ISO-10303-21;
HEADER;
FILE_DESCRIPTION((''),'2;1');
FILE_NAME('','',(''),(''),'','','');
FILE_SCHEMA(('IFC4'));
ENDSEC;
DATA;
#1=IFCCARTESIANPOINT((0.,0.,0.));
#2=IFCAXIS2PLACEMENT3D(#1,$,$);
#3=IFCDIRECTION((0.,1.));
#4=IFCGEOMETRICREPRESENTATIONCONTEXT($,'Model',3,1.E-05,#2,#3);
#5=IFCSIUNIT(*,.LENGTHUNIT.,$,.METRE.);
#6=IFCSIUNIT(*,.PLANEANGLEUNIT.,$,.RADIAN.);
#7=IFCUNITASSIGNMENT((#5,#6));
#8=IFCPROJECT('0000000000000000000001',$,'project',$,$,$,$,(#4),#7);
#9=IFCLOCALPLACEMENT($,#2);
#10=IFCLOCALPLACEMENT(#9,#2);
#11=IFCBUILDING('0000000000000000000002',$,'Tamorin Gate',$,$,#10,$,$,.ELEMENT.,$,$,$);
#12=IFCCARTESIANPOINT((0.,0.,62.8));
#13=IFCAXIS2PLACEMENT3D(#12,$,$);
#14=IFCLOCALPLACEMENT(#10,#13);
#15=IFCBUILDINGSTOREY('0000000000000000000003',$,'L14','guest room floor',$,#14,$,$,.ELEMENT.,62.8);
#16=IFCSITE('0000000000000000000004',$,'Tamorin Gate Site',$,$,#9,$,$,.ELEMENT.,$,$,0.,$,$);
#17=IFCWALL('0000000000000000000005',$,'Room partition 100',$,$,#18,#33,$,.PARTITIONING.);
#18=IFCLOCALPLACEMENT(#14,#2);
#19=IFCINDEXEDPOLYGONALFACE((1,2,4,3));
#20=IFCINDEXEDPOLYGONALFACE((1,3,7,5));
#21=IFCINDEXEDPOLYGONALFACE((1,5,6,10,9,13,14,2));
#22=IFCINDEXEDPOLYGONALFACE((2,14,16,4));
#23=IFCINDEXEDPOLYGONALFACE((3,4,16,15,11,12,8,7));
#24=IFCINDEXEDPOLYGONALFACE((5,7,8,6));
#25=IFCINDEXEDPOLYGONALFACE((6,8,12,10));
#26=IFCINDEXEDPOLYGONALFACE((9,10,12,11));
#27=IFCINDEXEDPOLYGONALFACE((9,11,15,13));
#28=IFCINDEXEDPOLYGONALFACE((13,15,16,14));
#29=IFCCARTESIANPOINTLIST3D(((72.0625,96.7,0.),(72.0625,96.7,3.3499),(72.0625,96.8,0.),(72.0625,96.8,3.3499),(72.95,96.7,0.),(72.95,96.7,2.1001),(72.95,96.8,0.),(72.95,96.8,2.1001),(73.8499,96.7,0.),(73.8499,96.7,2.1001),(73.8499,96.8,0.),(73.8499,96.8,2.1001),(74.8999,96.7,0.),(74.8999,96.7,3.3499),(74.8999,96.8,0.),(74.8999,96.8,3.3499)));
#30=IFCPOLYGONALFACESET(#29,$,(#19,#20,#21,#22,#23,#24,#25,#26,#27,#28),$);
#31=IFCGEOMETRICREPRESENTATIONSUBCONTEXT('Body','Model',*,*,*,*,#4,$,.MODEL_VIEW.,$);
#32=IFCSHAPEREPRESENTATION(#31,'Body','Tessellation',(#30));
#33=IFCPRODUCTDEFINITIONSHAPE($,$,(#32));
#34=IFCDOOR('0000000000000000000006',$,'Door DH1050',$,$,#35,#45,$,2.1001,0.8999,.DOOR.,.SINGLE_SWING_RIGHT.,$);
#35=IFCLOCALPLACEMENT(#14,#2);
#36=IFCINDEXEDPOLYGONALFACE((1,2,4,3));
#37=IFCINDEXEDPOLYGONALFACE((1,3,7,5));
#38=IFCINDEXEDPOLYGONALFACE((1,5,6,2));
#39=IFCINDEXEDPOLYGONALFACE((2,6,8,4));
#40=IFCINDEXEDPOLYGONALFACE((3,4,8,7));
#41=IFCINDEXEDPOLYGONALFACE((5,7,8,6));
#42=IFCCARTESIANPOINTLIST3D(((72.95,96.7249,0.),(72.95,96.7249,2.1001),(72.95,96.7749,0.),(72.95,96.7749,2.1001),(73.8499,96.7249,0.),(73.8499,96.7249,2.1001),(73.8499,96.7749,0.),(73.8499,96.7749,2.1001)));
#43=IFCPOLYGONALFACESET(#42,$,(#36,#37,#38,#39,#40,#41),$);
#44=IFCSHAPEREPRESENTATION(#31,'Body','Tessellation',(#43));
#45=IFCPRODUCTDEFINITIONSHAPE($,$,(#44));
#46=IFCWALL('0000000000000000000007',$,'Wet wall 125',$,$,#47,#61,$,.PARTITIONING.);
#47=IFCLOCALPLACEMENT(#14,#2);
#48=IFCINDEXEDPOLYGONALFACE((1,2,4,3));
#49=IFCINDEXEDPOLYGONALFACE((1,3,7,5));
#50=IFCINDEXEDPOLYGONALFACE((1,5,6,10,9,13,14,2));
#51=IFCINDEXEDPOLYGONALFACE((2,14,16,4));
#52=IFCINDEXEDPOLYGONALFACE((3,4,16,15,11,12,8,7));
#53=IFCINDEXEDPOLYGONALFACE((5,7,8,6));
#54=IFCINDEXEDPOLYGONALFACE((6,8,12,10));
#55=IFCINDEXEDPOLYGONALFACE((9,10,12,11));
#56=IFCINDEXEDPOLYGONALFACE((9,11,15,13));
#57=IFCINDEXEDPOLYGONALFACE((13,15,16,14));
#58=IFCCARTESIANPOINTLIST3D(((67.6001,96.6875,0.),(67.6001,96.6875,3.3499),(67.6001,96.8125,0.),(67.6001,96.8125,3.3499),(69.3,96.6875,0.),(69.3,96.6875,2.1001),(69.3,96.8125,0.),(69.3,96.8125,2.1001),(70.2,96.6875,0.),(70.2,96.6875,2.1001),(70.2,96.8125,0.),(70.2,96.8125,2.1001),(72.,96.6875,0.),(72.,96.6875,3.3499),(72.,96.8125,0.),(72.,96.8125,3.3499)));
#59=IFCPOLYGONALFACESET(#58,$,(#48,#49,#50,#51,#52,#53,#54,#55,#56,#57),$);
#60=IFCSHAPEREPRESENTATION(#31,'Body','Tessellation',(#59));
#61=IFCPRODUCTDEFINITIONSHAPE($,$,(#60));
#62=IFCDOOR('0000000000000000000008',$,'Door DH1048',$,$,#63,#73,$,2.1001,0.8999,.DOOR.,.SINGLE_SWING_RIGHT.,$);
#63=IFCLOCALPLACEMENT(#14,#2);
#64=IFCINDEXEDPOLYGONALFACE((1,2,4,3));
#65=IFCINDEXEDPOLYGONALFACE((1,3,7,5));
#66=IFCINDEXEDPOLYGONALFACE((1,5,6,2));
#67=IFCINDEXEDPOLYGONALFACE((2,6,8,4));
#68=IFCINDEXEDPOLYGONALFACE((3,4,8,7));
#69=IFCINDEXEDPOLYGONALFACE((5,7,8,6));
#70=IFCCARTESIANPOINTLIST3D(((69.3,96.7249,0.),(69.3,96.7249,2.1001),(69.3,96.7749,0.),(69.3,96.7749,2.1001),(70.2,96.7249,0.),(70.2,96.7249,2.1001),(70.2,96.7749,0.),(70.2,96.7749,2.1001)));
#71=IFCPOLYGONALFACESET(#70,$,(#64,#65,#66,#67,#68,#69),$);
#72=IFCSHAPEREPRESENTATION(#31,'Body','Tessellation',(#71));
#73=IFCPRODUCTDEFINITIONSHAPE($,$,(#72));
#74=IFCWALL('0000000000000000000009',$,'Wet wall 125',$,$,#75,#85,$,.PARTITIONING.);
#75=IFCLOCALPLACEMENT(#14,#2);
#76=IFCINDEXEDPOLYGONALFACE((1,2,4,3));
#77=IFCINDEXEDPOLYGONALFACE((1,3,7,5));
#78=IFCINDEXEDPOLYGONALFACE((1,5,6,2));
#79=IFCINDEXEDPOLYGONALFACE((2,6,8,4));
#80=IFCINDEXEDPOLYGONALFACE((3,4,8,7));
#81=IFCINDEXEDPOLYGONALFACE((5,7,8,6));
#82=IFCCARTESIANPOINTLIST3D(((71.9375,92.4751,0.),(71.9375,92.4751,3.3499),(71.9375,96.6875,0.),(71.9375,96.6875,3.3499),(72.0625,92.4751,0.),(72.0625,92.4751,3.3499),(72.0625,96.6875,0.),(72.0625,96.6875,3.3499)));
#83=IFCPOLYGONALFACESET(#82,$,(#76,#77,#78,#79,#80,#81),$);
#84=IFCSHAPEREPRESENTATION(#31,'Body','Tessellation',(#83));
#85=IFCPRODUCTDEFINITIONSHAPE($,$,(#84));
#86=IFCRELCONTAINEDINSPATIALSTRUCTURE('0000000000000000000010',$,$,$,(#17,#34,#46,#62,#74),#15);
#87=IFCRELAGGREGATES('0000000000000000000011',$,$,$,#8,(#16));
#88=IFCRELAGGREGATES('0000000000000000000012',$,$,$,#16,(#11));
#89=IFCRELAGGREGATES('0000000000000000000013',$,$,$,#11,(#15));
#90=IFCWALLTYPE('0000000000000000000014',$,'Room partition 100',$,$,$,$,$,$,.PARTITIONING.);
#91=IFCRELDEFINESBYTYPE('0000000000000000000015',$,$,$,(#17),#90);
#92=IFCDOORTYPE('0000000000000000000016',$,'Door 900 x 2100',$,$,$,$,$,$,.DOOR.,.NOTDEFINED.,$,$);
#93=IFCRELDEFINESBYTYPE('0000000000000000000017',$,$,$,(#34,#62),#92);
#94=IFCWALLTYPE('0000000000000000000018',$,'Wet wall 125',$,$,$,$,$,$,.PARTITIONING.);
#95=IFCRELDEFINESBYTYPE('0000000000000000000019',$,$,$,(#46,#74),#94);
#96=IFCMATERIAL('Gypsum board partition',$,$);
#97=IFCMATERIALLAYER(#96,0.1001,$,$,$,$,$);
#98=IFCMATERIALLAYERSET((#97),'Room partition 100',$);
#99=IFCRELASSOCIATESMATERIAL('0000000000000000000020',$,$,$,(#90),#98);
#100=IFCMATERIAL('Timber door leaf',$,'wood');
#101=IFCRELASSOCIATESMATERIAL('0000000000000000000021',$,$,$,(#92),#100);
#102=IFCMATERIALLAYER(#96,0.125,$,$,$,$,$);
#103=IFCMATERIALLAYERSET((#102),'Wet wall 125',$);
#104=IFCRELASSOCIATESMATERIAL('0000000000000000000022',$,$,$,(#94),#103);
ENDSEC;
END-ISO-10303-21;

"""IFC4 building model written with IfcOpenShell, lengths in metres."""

from ifc_helpers import new_model, si_unit, direction, frame, frame_2d, origin, place, context, subcontext, project, spatial, rectangle, extrude, material, layer, layer_set, type_object, element, fill, save


model = new_model("IFC4")

# Units and contexts
model_context = context("Model", 3, precision=1e-05, world=origin(), true_north=direction((0.0, 1.0)))
body_context = subcontext(model_context, "Body", "Model", "MODEL_VIEW")
ifc_project = project(units=[si_unit("LENGTHUNIT", "METRE"), si_unit("PLANEANGLEUNIT", "RADIAN")], contexts=[model_context])

# Site, building, storey
site_placement = place(None, origin())
site = spatial("IfcSite", under=ifc_project, at=site_placement, Name="Tamorin Gate Site", CompositionType="ELEMENT", RefElevation=0.0)
building_placement = place(site_placement, origin())
building = spatial("IfcBuilding", under=site, at=building_placement, Name="Tamorin Gate", CompositionType="ELEMENT")
storey_placement = place(building_placement, frame((0.0, 0.0, 62.8)))
storey = spatial("IfcBuildingStorey", under=building, at=storey_placement, Name="L14", Description="guest room floor", CompositionType="ELEMENT", Elevation=62.8)

# Shared definitions
ifc_material_1 = material(Name="Gypsum board partition")

# Walls, openings, doors
ifc_layer_1 = layer(ifc_material_1, 0.1001)
ifc_layer_set_1 = layer_set([ifc_layer_1], Name="Room partition 100")
wall_type_1 = type_object("IfcWallType", Name="Room partition 100", PredefinedType="PARTITIONING", material=ifc_layer_set_1)
wall_1_placement = place(storey_placement, frame((72.0625, 96.75, 0.0), z_axis=(0.0, 0.0, 1.0), x_axis=(1.0, 0.0, 0.0)))
wall_1 = element("IfcWall", 1, at=wall_1_placement, inside=storey, type_object=wall_type_1, Name="Room partition 100", PredefinedType="PARTITIONING", context=body_context, shape_type="SweptSolid", body=[
    extrude(rectangle(XDim=2.8374, YDim=0.1001, at=frame_2d((1.4187, 0.0))), origin(), (0.0, 0.0, 1.0), 3.3499),
])
opening_1_placement = place(wall_1_placement, frame((0.8875, 0.0, 0.0)))
opening_1 = element("IfcOpeningElement", 2, at=opening_1_placement, cuts=wall_1, PredefinedType="OPENING", context=body_context, shape_type="SweptSolid", body=[
    extrude(rectangle(XDim=0.8999, YDim=2.1001, at=frame_2d((0.45, 1.05))), frame((0.0, 0.0601, 0.0), z_axis=(0.0, -1.0, 0.0), x_axis=(1.0, 0.0, 0.0)), (0.0, 0.0, 1.0), 0.1201),
])
ifc_material_2 = material(Name="Timber door leaf", Category="wood")
door_type = type_object("IfcDoorType", Name="Door 900 x 2100", OperationType="NOTDEFINED", PredefinedType="DOOR", material=ifc_material_2)
door_1_placement = place(opening_1_placement, origin())
door_1 = element("IfcDoor", 3, at=door_1_placement, inside=storey, type_object=door_type, Name="Door DH1050", OperationType="SINGLE_SWING_RIGHT", OverallHeight=2.1001, OverallWidth=0.8999, PredefinedType="DOOR", context=body_context, shape_type="SweptSolid", body=[
    extrude(rectangle(XDim=0.8999, YDim=2.1001, at=frame_2d((0.45, 1.05))), frame((0.0, 0.0249, 0.0), z_axis=(0.0, -1.0, 0.0), x_axis=(1.0, 0.0, 0.0)), (0.0, 0.0, 1.0), 0.05),
])
fill(opening_1, door_1)
ifc_layer_2 = layer(ifc_material_1, 0.125)
ifc_layer_set_2 = layer_set([ifc_layer_2], Name="Wet wall 125")
wall_type_2 = type_object("IfcWallType", Name="Wet wall 125", PredefinedType="PARTITIONING", material=ifc_layer_set_2)
wall_2_placement = place(storey_placement, frame((67.6001, 96.75, 0.0), z_axis=(0.0, 0.0, 1.0), x_axis=(1.0, 0.0, 0.0)))
wall_2 = element("IfcWall", 4, at=wall_2_placement, inside=storey, type_object=wall_type_2, Name="Wet wall 125", PredefinedType="PARTITIONING", context=body_context, shape_type="SweptSolid", body=[
    extrude(rectangle(XDim=4.3999, YDim=0.125, at=frame_2d((2.2, 0.0))), origin(), (0.0, 0.0, 1.0), 3.3499),
])
opening_2_placement = place(wall_2_placement, frame((1.7, 0.0, 0.0)))
opening_2 = element("IfcOpeningElement", 5, at=opening_2_placement, cuts=wall_2, PredefinedType="OPENING", context=body_context, shape_type="SweptSolid", body=[
    extrude(rectangle(XDim=0.8999, YDim=2.1001, at=frame_2d((0.45, 1.05))), frame((0.0, 0.0725, 0.0), z_axis=(0.0, -1.0, 0.0), x_axis=(1.0, 0.0, 0.0)), (0.0, 0.0, 1.0), 0.145),
])
door_2_placement = place(opening_2_placement, origin())
door_2 = element("IfcDoor", 6, at=door_2_placement, inside=storey, type_object=door_type, Name="Door DH1048", OperationType="SINGLE_SWING_RIGHT", OverallHeight=2.1001, OverallWidth=0.8999, PredefinedType="DOOR", context=body_context, shape_type="SweptSolid", body=[
    extrude(rectangle(XDim=0.8999, YDim=2.1001, at=frame_2d((0.45, 1.05))), frame((0.0, 0.0249, 0.0), z_axis=(0.0, -1.0, 0.0), x_axis=(1.0, 0.0, 0.0)), (0.0, 0.0, 1.0), 0.05),
])
fill(opening_2, door_2)

# Wall
wall_3_placement = place(storey_placement, frame((72.0, 92.4751, 0.0), z_axis=(0.0, 0.0, 1.0), x_axis=(0.0, 1.0, 0.0)))
element("IfcWall", 7, at=wall_3_placement, inside=storey, type_object=wall_type_2, Name="Wet wall 125", PredefinedType="PARTITIONING", context=body_context, shape_type="SweptSolid", body=[
    extrude(rectangle(XDim=4.2124, YDim=0.125, at=frame_2d((2.1062, 0.0))), origin(), (0.0, 0.0, 1.0), 3.3499),
])

save(model, "model.ifc")
